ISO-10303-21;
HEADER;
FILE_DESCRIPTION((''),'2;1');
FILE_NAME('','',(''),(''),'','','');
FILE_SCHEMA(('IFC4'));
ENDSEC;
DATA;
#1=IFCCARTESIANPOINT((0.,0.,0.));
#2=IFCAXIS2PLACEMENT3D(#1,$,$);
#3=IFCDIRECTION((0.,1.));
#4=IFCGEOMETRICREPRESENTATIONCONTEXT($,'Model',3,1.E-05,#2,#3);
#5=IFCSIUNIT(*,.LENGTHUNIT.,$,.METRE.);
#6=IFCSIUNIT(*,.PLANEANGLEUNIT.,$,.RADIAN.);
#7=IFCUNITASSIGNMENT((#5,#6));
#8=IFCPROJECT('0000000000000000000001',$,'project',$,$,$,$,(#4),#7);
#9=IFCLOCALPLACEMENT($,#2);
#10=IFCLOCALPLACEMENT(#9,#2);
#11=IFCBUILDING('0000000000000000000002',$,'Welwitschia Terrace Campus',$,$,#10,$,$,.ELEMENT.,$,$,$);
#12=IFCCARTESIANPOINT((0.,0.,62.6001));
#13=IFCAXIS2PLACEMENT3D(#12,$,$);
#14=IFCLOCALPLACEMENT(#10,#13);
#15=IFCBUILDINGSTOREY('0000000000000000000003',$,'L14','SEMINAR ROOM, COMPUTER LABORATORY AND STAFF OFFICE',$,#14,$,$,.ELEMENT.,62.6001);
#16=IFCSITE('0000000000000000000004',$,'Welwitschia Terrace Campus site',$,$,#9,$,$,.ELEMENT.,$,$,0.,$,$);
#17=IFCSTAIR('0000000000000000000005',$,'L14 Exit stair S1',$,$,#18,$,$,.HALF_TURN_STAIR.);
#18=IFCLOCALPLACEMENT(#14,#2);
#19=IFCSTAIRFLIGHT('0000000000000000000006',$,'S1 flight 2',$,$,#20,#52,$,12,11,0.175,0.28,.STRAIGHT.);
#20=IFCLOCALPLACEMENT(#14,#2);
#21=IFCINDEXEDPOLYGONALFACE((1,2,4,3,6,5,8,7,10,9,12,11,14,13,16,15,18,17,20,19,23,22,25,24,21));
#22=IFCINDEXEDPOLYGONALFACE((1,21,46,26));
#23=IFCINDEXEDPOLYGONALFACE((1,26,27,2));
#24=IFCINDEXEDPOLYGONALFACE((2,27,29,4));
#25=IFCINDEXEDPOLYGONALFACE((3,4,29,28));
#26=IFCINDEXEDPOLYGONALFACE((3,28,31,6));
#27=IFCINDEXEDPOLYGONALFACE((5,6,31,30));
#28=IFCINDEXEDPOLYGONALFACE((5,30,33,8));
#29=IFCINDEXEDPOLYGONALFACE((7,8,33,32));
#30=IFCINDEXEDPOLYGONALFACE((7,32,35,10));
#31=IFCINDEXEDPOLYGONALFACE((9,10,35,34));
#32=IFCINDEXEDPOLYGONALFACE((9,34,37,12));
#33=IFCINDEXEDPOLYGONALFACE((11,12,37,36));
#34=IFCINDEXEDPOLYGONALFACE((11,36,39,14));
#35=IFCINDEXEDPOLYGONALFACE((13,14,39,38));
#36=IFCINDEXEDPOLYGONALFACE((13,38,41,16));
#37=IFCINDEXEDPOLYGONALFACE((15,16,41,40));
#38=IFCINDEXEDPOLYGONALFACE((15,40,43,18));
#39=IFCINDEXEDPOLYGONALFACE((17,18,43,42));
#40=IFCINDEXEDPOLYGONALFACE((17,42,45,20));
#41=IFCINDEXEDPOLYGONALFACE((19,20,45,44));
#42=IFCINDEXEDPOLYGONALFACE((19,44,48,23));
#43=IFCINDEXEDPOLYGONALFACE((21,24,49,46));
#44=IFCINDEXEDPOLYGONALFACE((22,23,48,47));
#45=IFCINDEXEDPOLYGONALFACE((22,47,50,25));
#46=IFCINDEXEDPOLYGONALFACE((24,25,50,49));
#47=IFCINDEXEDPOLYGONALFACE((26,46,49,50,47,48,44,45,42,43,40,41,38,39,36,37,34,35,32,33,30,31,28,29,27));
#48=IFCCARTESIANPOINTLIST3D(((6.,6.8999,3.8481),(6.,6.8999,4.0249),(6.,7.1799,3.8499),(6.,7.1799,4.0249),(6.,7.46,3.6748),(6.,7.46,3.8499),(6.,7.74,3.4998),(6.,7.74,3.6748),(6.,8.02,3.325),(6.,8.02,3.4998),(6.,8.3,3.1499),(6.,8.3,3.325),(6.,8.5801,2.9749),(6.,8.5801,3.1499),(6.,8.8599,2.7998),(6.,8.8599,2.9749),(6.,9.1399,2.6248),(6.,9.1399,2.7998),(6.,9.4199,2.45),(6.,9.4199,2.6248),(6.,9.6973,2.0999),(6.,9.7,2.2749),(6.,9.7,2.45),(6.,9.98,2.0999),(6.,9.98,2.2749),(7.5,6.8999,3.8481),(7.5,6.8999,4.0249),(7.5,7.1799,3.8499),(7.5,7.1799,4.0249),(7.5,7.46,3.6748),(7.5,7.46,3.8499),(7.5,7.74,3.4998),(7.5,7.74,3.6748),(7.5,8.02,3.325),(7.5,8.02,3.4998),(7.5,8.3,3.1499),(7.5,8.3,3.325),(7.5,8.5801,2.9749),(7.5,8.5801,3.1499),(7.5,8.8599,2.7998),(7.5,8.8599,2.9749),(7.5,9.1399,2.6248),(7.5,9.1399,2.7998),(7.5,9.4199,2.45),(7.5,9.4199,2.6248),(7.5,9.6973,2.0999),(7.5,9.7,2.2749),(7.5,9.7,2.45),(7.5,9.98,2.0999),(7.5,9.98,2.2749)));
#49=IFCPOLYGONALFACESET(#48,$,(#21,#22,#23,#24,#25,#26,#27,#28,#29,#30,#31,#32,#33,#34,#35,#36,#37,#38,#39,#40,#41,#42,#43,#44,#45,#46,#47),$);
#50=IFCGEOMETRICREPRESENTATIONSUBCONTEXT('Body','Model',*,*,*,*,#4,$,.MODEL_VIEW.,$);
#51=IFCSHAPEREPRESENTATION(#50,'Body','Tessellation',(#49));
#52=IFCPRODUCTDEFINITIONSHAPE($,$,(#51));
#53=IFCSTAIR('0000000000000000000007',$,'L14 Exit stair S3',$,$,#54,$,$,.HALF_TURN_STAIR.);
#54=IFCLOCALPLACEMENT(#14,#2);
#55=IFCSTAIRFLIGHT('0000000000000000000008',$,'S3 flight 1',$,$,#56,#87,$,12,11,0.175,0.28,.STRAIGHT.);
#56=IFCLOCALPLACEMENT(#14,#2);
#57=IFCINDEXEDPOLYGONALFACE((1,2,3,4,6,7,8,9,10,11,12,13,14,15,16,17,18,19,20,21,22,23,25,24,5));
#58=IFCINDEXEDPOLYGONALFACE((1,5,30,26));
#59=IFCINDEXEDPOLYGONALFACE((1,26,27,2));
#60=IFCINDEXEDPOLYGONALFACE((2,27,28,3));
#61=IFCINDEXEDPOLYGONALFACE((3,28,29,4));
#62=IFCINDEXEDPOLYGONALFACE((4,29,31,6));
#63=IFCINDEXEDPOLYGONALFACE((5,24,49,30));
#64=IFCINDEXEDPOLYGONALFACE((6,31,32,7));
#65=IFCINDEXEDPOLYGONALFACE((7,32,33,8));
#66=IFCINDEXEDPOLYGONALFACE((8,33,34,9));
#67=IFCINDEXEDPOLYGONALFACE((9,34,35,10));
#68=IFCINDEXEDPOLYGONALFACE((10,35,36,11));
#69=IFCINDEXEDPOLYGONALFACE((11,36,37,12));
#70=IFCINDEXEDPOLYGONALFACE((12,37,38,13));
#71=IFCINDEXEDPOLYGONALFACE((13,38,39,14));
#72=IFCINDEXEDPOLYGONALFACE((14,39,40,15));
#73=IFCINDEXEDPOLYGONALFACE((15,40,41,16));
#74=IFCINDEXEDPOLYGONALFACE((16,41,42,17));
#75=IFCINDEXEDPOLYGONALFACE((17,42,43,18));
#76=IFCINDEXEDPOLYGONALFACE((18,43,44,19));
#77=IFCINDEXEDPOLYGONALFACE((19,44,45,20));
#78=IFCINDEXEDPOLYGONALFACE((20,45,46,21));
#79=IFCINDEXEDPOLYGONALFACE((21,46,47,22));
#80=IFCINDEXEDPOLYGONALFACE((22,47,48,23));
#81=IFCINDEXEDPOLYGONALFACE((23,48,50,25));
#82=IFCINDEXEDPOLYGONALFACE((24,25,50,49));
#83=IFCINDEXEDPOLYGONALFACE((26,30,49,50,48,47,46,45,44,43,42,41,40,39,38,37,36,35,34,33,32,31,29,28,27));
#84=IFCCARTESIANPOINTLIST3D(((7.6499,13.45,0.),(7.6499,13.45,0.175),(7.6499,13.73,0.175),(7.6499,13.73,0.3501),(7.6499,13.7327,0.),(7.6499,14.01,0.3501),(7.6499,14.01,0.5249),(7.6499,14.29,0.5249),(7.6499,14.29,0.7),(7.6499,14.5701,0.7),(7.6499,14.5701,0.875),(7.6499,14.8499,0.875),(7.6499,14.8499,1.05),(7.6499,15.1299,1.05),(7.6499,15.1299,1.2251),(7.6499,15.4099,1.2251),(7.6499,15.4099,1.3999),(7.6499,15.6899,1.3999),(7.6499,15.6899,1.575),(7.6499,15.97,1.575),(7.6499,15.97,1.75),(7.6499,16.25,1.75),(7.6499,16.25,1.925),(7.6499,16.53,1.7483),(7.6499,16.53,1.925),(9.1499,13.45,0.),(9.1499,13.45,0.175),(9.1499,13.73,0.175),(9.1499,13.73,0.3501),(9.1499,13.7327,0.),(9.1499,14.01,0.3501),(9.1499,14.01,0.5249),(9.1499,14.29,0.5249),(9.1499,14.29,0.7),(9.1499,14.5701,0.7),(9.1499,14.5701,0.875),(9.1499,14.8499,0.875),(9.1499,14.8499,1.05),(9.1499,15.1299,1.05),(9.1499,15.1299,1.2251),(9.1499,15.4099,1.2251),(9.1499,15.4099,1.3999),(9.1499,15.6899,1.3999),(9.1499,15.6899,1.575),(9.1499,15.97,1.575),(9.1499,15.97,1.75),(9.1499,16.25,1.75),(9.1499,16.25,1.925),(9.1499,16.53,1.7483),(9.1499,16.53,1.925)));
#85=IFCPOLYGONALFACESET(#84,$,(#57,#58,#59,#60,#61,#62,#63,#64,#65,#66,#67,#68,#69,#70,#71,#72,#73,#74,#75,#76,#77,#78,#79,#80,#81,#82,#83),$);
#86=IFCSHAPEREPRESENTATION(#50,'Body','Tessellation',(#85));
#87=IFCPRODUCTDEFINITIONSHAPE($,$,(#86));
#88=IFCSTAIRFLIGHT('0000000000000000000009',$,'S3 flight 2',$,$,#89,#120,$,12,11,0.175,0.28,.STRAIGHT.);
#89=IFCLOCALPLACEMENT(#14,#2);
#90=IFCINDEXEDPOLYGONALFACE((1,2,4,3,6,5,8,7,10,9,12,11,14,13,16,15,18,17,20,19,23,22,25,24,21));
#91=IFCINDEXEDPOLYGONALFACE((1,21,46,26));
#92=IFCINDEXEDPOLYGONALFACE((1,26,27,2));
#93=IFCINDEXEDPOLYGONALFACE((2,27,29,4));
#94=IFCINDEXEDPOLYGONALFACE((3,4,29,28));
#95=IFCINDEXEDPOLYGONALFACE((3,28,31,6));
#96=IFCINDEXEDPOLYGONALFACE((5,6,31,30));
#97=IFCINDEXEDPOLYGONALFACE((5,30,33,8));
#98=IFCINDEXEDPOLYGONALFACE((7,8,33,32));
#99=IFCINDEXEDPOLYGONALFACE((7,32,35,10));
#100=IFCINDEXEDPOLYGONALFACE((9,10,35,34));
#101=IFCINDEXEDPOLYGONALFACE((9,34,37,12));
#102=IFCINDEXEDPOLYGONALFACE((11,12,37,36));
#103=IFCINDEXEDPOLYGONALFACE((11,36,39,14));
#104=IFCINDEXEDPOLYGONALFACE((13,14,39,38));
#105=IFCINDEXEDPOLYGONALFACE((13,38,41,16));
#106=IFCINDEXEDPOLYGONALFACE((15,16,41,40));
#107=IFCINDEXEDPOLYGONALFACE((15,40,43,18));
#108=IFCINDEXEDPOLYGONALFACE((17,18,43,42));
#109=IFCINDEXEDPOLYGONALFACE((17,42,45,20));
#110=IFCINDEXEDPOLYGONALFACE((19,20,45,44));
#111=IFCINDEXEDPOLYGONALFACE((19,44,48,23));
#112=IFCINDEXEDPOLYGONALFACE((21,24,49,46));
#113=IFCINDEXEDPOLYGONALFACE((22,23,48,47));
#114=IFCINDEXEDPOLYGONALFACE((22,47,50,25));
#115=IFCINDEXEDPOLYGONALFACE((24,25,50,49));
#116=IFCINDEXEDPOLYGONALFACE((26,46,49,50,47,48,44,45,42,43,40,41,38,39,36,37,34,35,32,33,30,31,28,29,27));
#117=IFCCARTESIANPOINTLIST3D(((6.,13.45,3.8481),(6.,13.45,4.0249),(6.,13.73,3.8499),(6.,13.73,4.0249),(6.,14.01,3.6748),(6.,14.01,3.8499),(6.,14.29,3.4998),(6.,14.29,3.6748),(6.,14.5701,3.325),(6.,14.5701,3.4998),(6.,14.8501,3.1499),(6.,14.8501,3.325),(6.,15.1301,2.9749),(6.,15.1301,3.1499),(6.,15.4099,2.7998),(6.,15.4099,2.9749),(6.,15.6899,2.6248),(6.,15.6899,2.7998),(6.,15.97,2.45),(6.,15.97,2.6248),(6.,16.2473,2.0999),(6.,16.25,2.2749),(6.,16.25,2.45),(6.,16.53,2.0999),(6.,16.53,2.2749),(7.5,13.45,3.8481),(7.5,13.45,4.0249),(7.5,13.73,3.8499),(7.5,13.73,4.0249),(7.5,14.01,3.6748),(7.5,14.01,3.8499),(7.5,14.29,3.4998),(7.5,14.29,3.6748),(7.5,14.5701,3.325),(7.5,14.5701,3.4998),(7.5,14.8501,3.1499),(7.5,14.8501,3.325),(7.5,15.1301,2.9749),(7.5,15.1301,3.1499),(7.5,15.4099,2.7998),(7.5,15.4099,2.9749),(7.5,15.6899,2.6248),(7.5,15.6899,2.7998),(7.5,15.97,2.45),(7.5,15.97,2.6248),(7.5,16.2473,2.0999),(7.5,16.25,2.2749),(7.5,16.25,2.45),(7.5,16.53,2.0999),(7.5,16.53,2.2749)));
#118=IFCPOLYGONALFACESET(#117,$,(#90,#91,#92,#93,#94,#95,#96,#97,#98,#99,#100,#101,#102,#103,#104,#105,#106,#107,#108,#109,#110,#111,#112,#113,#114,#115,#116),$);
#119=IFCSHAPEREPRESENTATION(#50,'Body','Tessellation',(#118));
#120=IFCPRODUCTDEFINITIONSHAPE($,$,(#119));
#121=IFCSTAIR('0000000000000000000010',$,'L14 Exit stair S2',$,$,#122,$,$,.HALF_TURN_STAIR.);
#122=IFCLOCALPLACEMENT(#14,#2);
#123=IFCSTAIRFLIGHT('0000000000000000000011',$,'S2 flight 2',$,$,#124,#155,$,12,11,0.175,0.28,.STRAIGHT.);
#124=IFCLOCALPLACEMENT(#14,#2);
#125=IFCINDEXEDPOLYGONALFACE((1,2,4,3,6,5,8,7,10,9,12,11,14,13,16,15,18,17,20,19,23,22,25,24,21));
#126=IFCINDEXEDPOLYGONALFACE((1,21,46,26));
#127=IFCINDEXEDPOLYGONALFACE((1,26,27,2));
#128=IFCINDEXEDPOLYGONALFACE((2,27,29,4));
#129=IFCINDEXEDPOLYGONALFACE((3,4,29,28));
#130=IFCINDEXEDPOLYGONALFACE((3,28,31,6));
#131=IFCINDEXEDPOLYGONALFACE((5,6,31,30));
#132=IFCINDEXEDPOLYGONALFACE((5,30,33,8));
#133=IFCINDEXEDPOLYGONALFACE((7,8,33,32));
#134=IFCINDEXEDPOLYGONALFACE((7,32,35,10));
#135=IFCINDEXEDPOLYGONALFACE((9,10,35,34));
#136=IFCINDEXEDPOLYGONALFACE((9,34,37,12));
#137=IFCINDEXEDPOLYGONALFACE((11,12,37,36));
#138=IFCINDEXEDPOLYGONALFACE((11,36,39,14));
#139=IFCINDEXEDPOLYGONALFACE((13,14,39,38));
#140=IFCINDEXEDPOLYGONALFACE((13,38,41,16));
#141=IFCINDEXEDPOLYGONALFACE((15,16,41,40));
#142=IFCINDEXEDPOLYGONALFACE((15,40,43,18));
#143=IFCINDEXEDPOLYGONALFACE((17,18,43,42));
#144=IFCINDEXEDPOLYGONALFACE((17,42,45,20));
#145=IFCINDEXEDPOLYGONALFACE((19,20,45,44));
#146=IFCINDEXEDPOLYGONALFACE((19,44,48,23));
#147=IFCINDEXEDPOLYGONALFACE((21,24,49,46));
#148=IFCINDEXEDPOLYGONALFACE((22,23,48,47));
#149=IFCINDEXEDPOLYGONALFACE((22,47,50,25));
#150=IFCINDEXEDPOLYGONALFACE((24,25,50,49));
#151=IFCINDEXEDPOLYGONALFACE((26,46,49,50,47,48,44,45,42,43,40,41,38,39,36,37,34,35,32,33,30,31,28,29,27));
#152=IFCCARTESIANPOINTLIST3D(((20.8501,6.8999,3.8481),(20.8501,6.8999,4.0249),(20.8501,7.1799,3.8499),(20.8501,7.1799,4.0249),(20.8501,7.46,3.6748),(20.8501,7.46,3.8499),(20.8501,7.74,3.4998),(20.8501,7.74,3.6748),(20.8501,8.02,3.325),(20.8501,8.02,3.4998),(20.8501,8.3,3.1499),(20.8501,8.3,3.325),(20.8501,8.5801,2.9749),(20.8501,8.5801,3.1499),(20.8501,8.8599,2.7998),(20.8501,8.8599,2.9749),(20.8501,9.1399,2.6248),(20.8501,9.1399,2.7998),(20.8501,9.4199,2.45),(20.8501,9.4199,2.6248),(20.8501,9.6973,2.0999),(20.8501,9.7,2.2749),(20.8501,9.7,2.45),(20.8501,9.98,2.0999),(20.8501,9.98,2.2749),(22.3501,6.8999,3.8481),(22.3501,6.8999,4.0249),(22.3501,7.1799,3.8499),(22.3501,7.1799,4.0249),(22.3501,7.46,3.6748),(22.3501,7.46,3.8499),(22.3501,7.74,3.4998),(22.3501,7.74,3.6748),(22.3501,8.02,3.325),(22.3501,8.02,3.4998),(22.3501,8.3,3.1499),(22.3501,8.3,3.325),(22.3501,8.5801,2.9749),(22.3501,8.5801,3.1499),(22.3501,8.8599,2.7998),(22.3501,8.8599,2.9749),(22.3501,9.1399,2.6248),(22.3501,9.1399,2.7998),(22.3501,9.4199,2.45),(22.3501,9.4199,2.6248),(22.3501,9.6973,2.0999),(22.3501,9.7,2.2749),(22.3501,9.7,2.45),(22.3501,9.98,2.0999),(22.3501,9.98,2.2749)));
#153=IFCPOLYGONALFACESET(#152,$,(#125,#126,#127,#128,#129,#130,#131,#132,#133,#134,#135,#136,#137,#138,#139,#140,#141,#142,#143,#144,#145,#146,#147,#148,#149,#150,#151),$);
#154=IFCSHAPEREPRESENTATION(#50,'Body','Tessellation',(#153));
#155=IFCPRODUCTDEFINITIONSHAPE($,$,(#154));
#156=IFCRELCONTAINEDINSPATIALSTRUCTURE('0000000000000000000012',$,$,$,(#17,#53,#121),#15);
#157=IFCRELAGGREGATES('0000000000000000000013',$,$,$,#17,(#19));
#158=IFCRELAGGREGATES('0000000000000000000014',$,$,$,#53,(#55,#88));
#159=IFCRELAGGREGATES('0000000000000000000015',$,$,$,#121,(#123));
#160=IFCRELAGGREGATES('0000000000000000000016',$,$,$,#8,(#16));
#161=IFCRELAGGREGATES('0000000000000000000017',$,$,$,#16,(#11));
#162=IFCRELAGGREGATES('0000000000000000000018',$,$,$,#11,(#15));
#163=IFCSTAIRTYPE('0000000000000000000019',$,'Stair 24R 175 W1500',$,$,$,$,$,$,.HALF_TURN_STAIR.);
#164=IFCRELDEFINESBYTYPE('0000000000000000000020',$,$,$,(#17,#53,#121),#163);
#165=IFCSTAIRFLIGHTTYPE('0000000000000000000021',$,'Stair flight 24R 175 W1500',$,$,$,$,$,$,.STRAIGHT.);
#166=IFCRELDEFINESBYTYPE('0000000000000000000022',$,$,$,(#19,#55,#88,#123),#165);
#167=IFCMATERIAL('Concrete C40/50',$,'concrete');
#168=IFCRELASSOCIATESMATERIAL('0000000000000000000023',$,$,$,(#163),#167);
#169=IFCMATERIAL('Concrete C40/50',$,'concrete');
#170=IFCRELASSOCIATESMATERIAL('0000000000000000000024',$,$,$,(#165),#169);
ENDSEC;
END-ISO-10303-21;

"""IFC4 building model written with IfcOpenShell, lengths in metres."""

from ifc_helpers import new_model, si_unit, direction, frame, origin, place, context, subcontext, project, spatial, polyline, outline, extrude, material, type_object, element, aggregate, save


model = new_model("IFC4")

# Units and contexts
model_context = context("Model", 3, precision=1e-05, world=origin(), true_north=direction((0.0, 1.0)))
body_context = subcontext(model_context, "Body", "Model", "MODEL_VIEW")
ifc_project = project(units=[si_unit("LENGTHUNIT", "METRE"), si_unit("PLANEANGLEUNIT", "RADIAN")], contexts=[model_context])

# Site, building, storey
site_placement = place(None, origin())
site = spatial("IfcSite", under=ifc_project, at=site_placement, Name="Welwitschia Terrace Campus site", CompositionType="ELEMENT", RefElevation=0.0)
building_placement = place(site_placement, origin())
building = spatial("IfcBuilding", under=site, at=building_placement, Name="Welwitschia Terrace Campus", CompositionType="ELEMENT")
storey_placement = place(building_placement, frame((0.0, 0.0, 62.6001)))
storey = spatial("IfcBuildingStorey", under=building, at=storey_placement, Name="L14", Description="SEMINAR ROOM, COMPUTER LABORATORY AND STAFF OFFICE", CompositionType="ELEMENT", Elevation=62.6001)

# Stair, stair flight
ifc_material_1 = material(Name="Concrete C40/50", Category="concrete")
stair_type = type_object("IfcStairType", Name="Stair 24R 175 W1500", PredefinedType="HALF_TURN_STAIR", material=ifc_material_1)
stair_1_placement = place(storey_placement, origin())
stair_1 = element("IfcStair", 1, at=stair_1_placement, inside=storey, type_object=stair_type, Name="L14 Exit stair S1", PredefinedType="HALF_TURN_STAIR")
ifc_material_2 = material(Name="Concrete C40/50", Category="concrete")
stair_flight_type = type_object("IfcStairFlightType", Name="Stair flight 24R 175 W1500", PredefinedType="STRAIGHT", material=ifc_material_2)
stair_flight_1_placement = place(storey_placement, frame((6.75, 9.98, 2.0999), z_axis=(0.0, 0.0, 1.0), x_axis=(0.0, -1.0, 0.0)))
stair_flight_1 = element("IfcStairFlight", 2, at=stair_flight_1_placement, type_object=stair_flight_type, Name="S1 flight 2", NumberOfRisers=12, NumberOfTreads=11, PredefinedType="STRAIGHT", RiserHeight=0.175, TreadLength=0.28, context=body_context, shape_type="SweptSolid", body=[
    extrude(outline(polyline([(0.0, 0.0), (0.0, 0.175), (0.28, 0.175), (0.28, 0.3501), (0.5601, 0.3501), (0.5601, 0.5249), (0.8401, 0.5249), (0.8401, 0.7), (1.1201, 0.7), (1.1201, 0.875), (1.3999, 0.875), (1.3999, 1.05), (1.6799, 1.05), (1.6799, 1.2251), (1.96, 1.2251), (1.96, 1.3999), (2.24, 1.3999), (2.24, 1.575), (2.52, 1.575), (2.52, 1.75), (2.8, 1.75), (2.8, 1.925), (3.0801, 1.925), (3.0801, 2.1001), (3.0801, 1.7483), (0.2827, 0.0), (0.0, 0.0)])), frame((0.0, 0.75, 0.0), z_axis=(0.0, -1.0, 0.0), x_axis=(1.0, 0.0, 0.0)), (0.0, 0.0, 1.0), 1.5),
])
aggregate(stair_1, [stair_flight_1])

# Stair, stair flights
stair_2_placement = place(storey_placement, origin())
stair_2 = element("IfcStair", 3, at=stair_2_placement, inside=storey, type_object=stair_type, Name="L14 Exit stair S3", PredefinedType="HALF_TURN_STAIR")
stair_flight_2_placement = place(storey_placement, frame((8.3999, 13.45, 0.0), z_axis=(0.0, 0.0, 1.0), x_axis=(0.0, 1.0, 0.0)))
stair_flight_2 = element("IfcStairFlight", 4, at=stair_flight_2_placement, type_object=stair_flight_type, Name="S3 flight 1", NumberOfRisers=12, NumberOfTreads=11, PredefinedType="STRAIGHT", RiserHeight=0.175, TreadLength=0.28, context=body_context, shape_type="SweptSolid", body=[
    extrude(outline(polyline([(0.0, 0.0), (0.0, 0.175), (0.28, 0.175), (0.28, 0.3501), (0.5601, 0.3501), (0.5601, 0.5249), (0.8401, 0.5249), (0.8401, 0.7), (1.1201, 0.7), (1.1201, 0.875), (1.3999, 0.875), (1.3999, 1.05), (1.6799, 1.05), (1.6799, 1.2251), (1.96, 1.2251), (1.96, 1.3999), (2.24, 1.3999), (2.24, 1.575), (2.52, 1.575), (2.52, 1.75), (2.8, 1.75), (2.8, 1.925), (3.0801, 1.925), (3.0801, 2.1001), (3.0801, 1.7483), (0.2827, 0.0), (0.0, 0.0)])), frame((0.0, 0.75, 0.0), z_axis=(0.0, -1.0, 0.0), x_axis=(1.0, 0.0, 0.0)), (0.0, 0.0, 1.0), 1.5),
])
stair_flight_3_placement = place(storey_placement, frame((6.75, 16.53, 2.0999), z_axis=(0.0, 0.0, 1.0), x_axis=(0.0, -1.0, 0.0)))
stair_flight_3 = element("IfcStairFlight", 5, at=stair_flight_3_placement, type_object=stair_flight_type, Name="S3 flight 2", NumberOfRisers=12, NumberOfTreads=11, PredefinedType="STRAIGHT", RiserHeight=0.175, TreadLength=0.28, context=body_context, shape_type="SweptSolid", body=[
    extrude(outline(polyline([(0.0, 0.0), (0.0, 0.175), (0.28, 0.175), (0.28, 0.3501), (0.5601, 0.3501), (0.5601, 0.5249), (0.8401, 0.5249), (0.8401, 0.7), (1.1201, 0.7), (1.1201, 0.875), (1.3999, 0.875), (1.3999, 1.05), (1.6799, 1.05), (1.6799, 1.2251), (1.96, 1.2251), (1.96, 1.3999), (2.24, 1.3999), (2.24, 1.575), (2.52, 1.575), (2.52, 1.75), (2.8, 1.75), (2.8, 1.925), (3.0801, 1.925), (3.0801, 2.1001), (3.0801, 1.7483), (0.2827, 0.0), (0.0, 0.0)])), frame((0.0, 0.75, 0.0), z_axis=(0.0, -1.0, 0.0), x_axis=(1.0, 0.0, 0.0)), (0.0, 0.0, 1.0), 1.5),
])
aggregate(stair_2, [stair_flight_2, stair_flight_3])

# Stair, stair flight
stair_3_placement = place(storey_placement, origin())
stair_3 = element("IfcStair", 6, at=stair_3_placement, inside=storey, type_object=stair_type, Name="L14 Exit stair S2", PredefinedType="HALF_TURN_STAIR")
stair_flight_4_placement = place(storey_placement, frame((21.6001, 9.98, 2.0999), z_axis=(0.0, 0.0, 1.0), x_axis=(0.0, -1.0, 0.0)))
stair_flight_4 = element("IfcStairFlight", 7, at=stair_flight_4_placement, type_object=stair_flight_type, Name="S2 flight 2", NumberOfRisers=12, NumberOfTreads=11, PredefinedType="STRAIGHT", RiserHeight=0.175, TreadLength=0.28, context=body_context, shape_type="SweptSolid", body=[
    extrude(outline(polyline([(0.0, 0.0), (0.0, 0.175), (0.28, 0.175), (0.28, 0.3501), (0.5601, 0.3501), (0.5601, 0.5249), (0.8401, 0.5249), (0.8401, 0.7), (1.1201, 0.7), (1.1201, 0.875), (1.3999, 0.875), (1.3999, 1.05), (1.6799, 1.05), (1.6799, 1.2251), (1.96, 1.2251), (1.96, 1.3999), (2.24, 1.3999), (2.24, 1.575), (2.52, 1.575), (2.52, 1.75), (2.8, 1.75), (2.8, 1.925), (3.0801, 1.925), (3.0801, 2.1001), (3.0801, 1.7483), (0.2827, 0.0), (0.0, 0.0)])), frame((0.0, 0.75, 0.0), z_axis=(0.0, -1.0, 0.0), x_axis=(1.0, 0.0, 0.0)), (0.0, 0.0, 1.0), 1.5),
])
aggregate(stair_3, [stair_flight_4])

save(model, "model.ifc")
